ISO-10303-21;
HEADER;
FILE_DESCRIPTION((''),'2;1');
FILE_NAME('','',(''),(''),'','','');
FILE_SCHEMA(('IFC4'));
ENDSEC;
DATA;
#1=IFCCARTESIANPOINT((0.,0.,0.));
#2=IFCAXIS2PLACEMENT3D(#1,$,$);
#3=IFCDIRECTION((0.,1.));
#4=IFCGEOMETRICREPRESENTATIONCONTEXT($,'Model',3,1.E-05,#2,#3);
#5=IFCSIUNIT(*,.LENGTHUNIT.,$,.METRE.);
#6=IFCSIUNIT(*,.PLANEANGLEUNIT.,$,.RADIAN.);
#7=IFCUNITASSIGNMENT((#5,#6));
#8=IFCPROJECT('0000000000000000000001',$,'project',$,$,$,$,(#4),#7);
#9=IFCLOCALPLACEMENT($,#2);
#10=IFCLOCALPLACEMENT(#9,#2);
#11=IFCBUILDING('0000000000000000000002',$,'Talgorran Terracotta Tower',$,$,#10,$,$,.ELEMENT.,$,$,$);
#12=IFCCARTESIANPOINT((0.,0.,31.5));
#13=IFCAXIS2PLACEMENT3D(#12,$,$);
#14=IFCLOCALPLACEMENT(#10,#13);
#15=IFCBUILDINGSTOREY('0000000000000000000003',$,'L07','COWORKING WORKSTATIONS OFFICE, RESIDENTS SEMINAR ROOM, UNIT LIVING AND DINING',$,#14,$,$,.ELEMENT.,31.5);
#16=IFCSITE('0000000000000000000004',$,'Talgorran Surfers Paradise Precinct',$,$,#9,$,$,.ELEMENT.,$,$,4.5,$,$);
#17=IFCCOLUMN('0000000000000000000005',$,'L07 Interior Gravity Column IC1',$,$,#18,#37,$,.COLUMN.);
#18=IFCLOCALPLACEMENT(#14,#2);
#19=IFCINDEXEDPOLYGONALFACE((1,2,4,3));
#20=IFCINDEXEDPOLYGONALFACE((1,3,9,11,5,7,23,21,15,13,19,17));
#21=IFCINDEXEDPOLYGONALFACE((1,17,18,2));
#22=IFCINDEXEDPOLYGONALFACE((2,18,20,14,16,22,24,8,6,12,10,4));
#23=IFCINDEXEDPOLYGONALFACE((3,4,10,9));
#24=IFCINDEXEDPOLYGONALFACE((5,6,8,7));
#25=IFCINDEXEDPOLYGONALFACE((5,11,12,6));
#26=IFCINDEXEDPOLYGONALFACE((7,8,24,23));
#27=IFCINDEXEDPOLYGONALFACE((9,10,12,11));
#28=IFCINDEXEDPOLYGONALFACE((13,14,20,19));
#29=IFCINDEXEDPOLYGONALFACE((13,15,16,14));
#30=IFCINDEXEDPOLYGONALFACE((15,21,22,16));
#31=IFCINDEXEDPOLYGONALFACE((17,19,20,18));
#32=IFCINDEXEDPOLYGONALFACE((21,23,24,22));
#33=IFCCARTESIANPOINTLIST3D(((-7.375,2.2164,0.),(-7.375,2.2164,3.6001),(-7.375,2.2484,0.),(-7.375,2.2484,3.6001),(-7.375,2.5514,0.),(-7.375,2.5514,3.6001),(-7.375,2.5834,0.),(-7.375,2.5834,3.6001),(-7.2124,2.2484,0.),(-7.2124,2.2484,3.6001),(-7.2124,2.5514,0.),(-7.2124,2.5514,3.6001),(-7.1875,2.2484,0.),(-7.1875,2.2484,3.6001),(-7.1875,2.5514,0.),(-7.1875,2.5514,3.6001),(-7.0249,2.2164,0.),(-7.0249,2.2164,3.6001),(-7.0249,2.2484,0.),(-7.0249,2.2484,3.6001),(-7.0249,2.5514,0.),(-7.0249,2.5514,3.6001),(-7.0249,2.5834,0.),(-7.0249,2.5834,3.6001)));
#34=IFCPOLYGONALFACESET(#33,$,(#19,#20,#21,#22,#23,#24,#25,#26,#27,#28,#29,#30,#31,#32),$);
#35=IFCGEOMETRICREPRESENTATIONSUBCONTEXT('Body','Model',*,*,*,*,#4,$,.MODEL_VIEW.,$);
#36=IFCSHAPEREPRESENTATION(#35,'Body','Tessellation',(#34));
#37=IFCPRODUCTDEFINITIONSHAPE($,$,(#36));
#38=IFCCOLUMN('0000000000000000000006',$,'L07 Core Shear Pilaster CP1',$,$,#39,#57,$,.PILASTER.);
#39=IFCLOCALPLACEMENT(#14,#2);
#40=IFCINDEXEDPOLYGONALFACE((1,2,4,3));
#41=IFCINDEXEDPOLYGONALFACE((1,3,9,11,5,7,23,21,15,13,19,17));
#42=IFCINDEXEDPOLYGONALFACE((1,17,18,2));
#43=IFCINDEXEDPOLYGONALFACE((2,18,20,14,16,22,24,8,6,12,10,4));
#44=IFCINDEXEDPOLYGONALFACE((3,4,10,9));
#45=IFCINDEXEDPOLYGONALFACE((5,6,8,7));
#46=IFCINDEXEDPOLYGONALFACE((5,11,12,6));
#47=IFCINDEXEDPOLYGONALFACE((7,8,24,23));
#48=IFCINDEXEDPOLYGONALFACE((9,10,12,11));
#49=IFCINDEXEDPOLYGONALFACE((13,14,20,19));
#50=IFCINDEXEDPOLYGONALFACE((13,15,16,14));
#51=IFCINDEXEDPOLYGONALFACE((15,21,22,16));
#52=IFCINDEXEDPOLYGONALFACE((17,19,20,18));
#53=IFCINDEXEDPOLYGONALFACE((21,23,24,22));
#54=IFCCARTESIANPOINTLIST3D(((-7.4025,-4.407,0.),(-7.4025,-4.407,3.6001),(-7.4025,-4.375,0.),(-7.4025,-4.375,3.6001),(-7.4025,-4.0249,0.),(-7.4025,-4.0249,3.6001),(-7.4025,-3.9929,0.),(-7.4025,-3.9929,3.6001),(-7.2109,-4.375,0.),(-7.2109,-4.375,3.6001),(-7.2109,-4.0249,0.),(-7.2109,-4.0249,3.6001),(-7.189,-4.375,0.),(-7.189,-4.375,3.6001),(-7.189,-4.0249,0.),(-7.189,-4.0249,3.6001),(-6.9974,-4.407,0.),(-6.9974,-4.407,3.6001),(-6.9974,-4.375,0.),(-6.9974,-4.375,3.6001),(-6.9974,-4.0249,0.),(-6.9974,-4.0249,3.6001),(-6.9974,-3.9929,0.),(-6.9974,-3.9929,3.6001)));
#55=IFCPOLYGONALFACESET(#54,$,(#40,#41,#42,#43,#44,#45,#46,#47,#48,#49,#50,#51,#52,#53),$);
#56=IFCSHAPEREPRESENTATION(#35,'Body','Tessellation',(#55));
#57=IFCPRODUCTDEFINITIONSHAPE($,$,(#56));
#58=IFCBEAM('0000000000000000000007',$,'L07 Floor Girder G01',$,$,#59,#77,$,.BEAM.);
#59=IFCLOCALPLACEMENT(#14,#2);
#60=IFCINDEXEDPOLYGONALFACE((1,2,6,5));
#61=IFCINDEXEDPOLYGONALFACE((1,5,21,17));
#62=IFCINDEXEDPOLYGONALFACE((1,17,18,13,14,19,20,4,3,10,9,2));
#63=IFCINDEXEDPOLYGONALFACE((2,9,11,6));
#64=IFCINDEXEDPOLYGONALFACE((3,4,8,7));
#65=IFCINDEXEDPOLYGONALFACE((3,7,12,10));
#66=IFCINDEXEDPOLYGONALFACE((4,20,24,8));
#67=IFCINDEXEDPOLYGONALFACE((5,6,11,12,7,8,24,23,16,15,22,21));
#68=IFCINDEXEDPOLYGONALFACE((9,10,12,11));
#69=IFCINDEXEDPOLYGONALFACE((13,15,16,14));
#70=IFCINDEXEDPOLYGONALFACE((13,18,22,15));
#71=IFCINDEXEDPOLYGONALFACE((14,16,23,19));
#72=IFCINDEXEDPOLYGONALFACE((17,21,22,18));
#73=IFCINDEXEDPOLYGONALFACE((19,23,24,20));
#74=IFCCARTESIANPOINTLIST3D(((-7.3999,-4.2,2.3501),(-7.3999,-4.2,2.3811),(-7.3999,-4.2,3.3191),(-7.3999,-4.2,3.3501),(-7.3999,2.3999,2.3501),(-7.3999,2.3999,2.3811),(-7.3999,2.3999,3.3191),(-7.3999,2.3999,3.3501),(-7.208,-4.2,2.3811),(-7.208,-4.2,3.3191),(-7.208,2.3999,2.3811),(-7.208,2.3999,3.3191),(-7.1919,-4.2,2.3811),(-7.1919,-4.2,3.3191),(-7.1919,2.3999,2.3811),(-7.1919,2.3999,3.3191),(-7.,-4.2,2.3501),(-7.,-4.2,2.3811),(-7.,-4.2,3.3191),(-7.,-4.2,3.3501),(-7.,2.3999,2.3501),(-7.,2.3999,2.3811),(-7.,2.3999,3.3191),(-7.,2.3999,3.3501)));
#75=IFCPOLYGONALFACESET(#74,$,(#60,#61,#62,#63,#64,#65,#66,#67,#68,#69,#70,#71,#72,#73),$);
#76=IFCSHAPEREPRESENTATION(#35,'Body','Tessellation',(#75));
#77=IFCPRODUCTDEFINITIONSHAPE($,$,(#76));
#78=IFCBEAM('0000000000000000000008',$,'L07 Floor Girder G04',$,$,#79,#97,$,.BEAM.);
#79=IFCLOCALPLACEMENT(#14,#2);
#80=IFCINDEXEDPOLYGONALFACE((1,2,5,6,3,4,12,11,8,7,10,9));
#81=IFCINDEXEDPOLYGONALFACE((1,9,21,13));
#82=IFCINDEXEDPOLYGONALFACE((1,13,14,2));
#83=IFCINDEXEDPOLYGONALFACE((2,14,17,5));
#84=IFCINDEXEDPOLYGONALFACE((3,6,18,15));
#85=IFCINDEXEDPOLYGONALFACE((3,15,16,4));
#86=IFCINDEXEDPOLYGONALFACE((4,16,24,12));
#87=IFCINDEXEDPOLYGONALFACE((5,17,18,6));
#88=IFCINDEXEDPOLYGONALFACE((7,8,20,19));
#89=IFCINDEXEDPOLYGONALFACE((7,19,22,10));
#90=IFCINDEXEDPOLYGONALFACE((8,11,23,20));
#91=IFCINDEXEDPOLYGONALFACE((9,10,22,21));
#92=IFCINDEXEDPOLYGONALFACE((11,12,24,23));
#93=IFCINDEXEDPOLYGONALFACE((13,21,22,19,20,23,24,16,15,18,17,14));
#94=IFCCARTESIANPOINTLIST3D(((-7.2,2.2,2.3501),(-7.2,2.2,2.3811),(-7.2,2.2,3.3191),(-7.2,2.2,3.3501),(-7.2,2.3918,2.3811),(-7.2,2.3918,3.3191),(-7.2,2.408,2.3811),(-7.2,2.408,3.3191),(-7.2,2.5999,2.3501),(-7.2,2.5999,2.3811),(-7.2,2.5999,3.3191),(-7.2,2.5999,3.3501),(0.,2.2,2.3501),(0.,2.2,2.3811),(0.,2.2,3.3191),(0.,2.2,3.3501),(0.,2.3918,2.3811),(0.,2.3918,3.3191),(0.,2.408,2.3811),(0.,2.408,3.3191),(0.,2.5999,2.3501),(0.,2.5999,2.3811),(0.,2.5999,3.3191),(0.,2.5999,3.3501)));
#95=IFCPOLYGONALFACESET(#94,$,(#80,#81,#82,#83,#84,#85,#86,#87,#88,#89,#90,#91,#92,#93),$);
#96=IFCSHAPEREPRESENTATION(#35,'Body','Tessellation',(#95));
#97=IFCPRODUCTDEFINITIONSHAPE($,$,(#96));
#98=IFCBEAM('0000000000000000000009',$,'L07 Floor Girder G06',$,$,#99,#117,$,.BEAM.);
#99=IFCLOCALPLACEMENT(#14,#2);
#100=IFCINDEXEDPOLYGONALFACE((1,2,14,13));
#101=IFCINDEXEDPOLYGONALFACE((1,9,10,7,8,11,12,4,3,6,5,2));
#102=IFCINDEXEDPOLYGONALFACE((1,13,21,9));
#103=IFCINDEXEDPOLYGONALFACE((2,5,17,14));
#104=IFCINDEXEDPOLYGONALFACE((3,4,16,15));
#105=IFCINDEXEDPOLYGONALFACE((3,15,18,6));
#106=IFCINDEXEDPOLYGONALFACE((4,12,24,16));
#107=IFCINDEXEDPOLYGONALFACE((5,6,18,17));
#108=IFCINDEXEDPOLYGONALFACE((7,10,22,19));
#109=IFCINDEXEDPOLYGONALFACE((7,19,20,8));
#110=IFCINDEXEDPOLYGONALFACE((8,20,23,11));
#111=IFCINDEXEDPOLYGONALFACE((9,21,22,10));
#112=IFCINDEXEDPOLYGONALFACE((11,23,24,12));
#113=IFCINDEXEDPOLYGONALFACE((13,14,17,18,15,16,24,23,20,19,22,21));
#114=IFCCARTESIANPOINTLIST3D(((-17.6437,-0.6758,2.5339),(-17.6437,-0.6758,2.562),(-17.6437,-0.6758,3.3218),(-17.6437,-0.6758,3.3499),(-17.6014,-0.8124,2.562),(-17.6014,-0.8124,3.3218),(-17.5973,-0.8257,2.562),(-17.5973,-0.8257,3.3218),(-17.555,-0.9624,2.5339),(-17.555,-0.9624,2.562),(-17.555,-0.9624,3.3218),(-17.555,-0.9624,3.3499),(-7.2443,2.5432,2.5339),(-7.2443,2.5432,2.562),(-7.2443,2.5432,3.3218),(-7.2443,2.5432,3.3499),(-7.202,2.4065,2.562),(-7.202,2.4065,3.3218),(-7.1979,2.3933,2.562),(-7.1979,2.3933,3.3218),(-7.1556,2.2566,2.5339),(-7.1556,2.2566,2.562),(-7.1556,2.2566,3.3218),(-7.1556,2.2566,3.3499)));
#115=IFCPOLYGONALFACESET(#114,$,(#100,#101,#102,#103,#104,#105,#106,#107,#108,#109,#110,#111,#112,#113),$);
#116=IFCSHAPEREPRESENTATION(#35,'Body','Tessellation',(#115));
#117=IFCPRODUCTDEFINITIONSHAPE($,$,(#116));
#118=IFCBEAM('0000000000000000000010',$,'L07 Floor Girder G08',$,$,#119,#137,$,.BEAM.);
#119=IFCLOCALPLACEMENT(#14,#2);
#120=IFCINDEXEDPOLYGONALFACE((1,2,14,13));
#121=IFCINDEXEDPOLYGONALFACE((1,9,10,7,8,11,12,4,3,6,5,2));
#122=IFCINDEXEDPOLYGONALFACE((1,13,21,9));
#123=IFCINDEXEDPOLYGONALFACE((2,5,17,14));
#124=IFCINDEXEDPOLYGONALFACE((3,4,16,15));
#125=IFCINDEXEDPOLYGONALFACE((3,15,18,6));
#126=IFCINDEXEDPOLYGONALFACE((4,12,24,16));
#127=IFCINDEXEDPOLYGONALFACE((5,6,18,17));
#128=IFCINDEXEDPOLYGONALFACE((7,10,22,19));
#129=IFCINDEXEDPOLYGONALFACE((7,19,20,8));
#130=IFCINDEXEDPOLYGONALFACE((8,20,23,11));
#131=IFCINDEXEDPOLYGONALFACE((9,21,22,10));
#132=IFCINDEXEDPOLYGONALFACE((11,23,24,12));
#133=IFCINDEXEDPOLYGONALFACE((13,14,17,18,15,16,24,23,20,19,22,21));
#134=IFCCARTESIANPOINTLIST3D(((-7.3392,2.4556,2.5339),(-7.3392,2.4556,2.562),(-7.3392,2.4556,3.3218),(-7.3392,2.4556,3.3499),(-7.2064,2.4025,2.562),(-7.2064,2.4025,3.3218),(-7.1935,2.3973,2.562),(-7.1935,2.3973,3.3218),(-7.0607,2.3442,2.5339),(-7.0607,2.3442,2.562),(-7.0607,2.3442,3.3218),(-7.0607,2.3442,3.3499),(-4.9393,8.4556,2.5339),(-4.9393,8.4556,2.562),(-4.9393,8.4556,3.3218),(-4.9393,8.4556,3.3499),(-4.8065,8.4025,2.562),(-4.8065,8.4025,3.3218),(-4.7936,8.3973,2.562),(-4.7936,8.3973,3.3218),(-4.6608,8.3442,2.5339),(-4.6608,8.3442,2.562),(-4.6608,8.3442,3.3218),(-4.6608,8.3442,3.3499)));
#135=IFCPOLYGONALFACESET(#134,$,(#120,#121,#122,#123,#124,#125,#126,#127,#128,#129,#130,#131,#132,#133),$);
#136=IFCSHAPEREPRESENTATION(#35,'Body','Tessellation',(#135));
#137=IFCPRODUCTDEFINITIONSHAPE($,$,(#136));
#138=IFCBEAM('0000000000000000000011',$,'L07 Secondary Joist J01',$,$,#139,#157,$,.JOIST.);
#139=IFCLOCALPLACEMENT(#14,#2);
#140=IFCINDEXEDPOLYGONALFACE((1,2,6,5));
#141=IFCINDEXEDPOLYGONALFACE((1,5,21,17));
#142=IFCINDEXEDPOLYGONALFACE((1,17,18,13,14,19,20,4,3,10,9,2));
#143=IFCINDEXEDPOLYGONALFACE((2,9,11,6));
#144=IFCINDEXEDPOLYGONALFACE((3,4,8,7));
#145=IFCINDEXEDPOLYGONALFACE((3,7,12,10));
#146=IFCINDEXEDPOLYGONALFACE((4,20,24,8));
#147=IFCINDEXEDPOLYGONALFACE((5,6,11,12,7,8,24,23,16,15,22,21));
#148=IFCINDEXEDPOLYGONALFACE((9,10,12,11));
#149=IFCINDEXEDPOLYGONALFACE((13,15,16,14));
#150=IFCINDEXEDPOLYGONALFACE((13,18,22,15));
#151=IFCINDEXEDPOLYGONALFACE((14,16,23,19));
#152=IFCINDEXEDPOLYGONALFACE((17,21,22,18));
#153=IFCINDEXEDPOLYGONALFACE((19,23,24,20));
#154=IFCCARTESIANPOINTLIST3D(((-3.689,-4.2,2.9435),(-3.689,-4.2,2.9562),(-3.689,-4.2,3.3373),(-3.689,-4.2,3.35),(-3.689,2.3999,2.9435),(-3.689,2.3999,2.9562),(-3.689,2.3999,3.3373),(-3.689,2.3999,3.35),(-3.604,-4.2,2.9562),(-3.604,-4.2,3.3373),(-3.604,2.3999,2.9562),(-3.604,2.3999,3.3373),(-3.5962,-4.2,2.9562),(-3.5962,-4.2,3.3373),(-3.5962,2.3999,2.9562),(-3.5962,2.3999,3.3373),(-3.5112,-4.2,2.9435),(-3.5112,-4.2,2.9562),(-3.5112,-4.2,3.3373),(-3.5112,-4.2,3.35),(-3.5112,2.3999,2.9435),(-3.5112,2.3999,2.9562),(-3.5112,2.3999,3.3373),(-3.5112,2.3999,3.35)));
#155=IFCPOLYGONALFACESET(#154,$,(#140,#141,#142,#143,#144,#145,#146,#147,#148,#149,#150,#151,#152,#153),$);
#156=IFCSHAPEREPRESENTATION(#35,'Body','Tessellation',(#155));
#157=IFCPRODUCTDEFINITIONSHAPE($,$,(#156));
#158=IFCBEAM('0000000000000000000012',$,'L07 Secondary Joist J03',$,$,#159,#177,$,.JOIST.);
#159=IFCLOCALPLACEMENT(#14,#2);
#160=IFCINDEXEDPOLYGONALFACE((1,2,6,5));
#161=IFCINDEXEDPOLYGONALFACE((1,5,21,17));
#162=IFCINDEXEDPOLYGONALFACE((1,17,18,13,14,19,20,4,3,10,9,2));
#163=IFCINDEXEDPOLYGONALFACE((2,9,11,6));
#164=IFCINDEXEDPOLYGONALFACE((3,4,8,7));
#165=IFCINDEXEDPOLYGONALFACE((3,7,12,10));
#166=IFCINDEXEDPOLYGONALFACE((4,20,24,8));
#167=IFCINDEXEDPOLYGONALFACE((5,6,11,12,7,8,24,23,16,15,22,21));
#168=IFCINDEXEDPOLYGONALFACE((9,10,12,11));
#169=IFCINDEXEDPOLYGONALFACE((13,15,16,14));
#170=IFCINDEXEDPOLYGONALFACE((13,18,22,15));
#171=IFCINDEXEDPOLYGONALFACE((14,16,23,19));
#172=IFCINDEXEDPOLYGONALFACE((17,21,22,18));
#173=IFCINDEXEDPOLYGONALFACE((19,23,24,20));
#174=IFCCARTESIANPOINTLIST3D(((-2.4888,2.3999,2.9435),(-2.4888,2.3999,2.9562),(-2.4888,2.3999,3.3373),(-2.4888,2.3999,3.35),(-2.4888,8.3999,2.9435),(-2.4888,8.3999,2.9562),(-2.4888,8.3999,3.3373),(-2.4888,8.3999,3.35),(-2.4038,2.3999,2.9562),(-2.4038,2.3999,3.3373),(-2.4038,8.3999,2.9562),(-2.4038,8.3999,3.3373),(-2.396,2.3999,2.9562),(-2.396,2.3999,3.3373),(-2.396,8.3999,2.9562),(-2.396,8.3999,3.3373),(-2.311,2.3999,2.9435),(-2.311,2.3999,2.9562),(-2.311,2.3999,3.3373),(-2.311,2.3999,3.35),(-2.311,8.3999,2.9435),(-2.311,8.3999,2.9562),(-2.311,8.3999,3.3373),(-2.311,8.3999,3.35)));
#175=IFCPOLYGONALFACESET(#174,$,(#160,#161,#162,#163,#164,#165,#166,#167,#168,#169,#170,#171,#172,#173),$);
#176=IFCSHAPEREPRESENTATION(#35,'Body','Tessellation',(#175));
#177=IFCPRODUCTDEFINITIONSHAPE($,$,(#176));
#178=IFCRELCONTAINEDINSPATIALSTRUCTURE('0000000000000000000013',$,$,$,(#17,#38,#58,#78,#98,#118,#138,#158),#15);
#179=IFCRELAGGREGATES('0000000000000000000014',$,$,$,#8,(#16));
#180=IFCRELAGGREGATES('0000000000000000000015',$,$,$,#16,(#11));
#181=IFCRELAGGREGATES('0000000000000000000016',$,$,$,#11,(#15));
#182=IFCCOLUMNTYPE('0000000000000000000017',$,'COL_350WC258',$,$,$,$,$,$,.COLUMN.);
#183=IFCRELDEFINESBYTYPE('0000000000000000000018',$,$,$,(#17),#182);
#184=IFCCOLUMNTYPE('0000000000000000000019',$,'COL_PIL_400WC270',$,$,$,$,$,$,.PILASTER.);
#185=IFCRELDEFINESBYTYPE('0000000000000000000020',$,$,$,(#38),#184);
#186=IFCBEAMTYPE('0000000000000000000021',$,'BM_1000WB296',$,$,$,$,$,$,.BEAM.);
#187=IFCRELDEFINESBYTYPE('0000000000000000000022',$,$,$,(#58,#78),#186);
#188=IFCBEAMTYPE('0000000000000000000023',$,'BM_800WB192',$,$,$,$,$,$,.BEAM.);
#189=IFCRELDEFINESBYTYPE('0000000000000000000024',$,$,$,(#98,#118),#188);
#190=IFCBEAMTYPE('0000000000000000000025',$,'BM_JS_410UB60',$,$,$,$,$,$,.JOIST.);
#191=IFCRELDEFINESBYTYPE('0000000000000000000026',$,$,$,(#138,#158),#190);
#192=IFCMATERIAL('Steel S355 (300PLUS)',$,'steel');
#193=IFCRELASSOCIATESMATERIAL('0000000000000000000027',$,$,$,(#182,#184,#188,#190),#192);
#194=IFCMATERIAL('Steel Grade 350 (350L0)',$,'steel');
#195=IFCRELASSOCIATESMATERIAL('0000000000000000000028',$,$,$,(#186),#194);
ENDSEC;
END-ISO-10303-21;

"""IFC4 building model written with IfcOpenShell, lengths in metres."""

from ifc_helpers import new_model, si_unit, direction, frame, origin, origin_2d, place, context, subcontext, project, spatial, i_section, extrude, material, material_profile, profile_set, type_object, element, save


model = new_model("IFC4")

# Units and contexts
model_context = context("Model", 3, precision=1e-05, world=origin(), true_north=direction((0.0, 1.0)))
body_context = subcontext(model_context, "Body", "Model", "MODEL_VIEW")
ifc_project = project(units=[si_unit("LENGTHUNIT", "METRE"), si_unit("PLANEANGLEUNIT", "RADIAN")], contexts=[model_context])

# Site, building, storey
site_placement = place(None, origin())
site = spatial("IfcSite", under=ifc_project, at=site_placement, Name="Talgorran Surfers Paradise Precinct", CompositionType="ELEMENT", RefElevation=4.5)
building_placement = place(site_placement, origin())
building = spatial("IfcBuilding", under=site, at=building_placement, Name="Talgorran Terracotta Tower", CompositionType="ELEMENT")
storey_placement = place(building_placement, frame((0.0, 0.0, 31.5)))
storey = spatial("IfcBuildingStorey", under=building, at=storey_placement, Name="L07", Description="COWORKING WORKSTATIONS OFFICE, RESIDENTS SEMINAR ROOM, UNIT LIVING AND DINING", CompositionType="ELEMENT", Elevation=31.5)

# Columns
ifc_material_1 = material(Name="Steel S355 (300PLUS)", Category="steel")
ifc_material_profile_1 = material_profile(ifc_material_1, i_section(OverallWidth=0.3501, OverallDepth=0.3669, WebThickness=0.0249, FlangeThickness=0.032, at=origin_2d()), Name="350WC258")
ifc_profile_set_1 = profile_set([ifc_material_profile_1], Name="Steel S355 (300PLUS)")
column_type_1 = type_object("IfcColumnType", Name="COL_350WC258", PredefinedType="COLUMN", material=ifc_profile_set_1)
column_1_placement = place(storey_placement, frame((-7.2, 2.3999, 0.0), z_axis=(0.0, 0.0, 1.0), x_axis=(1.0, 0.0, 0.0)))
element("IfcColumn", 1, at=column_1_placement, inside=storey, type_object=column_type_1, Name="L07 Interior Gravity Column IC1", PredefinedType="COLUMN", context=body_context, shape_type="SweptSolid", body=[
    extrude(i_section(OverallWidth=0.3501, OverallDepth=0.3669, WebThickness=0.0249, FlangeThickness=0.032, at=origin_2d()), origin(), (0.0, 0.0, 1.0), 3.6001),
])
ifc_material_profile_2 = material_profile(ifc_material_1, i_section(OverallWidth=0.405, OverallDepth=0.4141, WebThickness=0.022, FlangeThickness=0.032, at=origin_2d()), Name="400WC270")
ifc_profile_set_2 = profile_set([ifc_material_profile_2], Name="Steel S355 (300PLUS)")
column_type_2 = type_object("IfcColumnType", Name="COL_PIL_400WC270", PredefinedType="PILASTER", material=ifc_profile_set_2)
column_2_placement = place(storey_placement, frame((-7.2, -4.2, 0.0), z_axis=(0.0, 0.0, 1.0), x_axis=(1.0, 0.0, 0.0)))
element("IfcColumn", 2, at=column_2_placement, inside=storey, type_object=column_type_2, Name="L07 Core Shear Pilaster CP1", PredefinedType="PILASTER", context=body_context, shape_type="SweptSolid", body=[
    extrude(i_section(OverallWidth=0.405, OverallDepth=0.4141, WebThickness=0.022, FlangeThickness=0.032, at=origin_2d()), origin(), (0.0, 0.0, 1.0), 3.6001),
])

# Beams
ifc_material_2 = material(Name="Steel Grade 350 (350L0)", Category="steel")
ifc_material_profile_3 = material_profile(ifc_material_2, i_section(OverallWidth=0.3999, OverallDepth=1.0, WebThickness=0.0161, FlangeThickness=0.031, at=origin_2d()), Name="1000WB296")
ifc_profile_set_3 = profile_set([ifc_material_profile_3], Name="Steel Grade 350 (350L0)")
beam_type_1 = type_object("IfcBeamType", Name="BM_1000WB296", PredefinedType="BEAM", material=ifc_profile_set_3)
beam_1_placement = place(storey_placement, frame((-7.2, -4.2, 2.8501), z_axis=(0.0, 1.0, 0.0), x_axis=(-1.0, 0.0, 0.0)))
element("IfcBeam", 3, at=beam_1_placement, inside=storey, type_object=beam_type_1, Name="L07 Floor Girder G01", PredefinedType="BEAM", context=body_context, shape_type="SweptSolid", body=[
    extrude(i_section(OverallWidth=0.3999, OverallDepth=1.0, WebThickness=0.0161, FlangeThickness=0.031, at=origin_2d()), origin(), (0.0, 0.0, 1.0), 6.5999),
])
beam_2_placement = place(storey_placement, frame((-7.2, 2.3999, 2.8501), z_axis=(1.0, 0.0, 0.0), x_axis=(0.0, 1.0, 0.0)))
element("IfcBeam", 4, at=beam_2_placement, inside=storey, type_object=beam_type_1, Name="L07 Floor Girder G04", PredefinedType="BEAM", context=body_context, shape_type="SweptSolid", body=[
    extrude(i_section(OverallWidth=0.3999, OverallDepth=1.0, WebThickness=0.0161, FlangeThickness=0.031, at=origin_2d()), origin(), (0.0, 0.0, 1.0), 7.2),
])
ifc_material_profile_4 = material_profile(ifc_material_1, i_section(OverallWidth=0.3, OverallDepth=0.8159, WebThickness=0.0139, FlangeThickness=0.0281, at=origin_2d()), Name="800WB192")
ifc_profile_set_4 = profile_set([ifc_material_profile_4], Name="Steel S355 (300PLUS)")
beam_type_2 = type_object("IfcBeamType", Name="BM_800WB192", PredefinedType="BEAM", material=ifc_profile_set_4)
beam_3_placement = place(storey_placement, frame((-7.2, 2.3999, 2.9419), z_axis=(-0.955283, -0.295694, 0.0), x_axis=(0.295694, -0.955283, 0.0)))
element("IfcBeam", 5, at=beam_3_placement, inside=storey, type_object=beam_type_2, Name="L07 Floor Girder G06", PredefinedType="BEAM", context=body_context, shape_type="SweptSolid", body=[
    extrude(i_section(OverallWidth=0.3, OverallDepth=0.8159, WebThickness=0.0139, FlangeThickness=0.0281, at=origin_2d()), origin(), (0.0, 0.0, 1.0), 10.8862),
])
beam_4_placement = place(storey_placement, frame((-7.2, 2.3999, 2.9419), z_axis=(0.371378, 0.928482, 0.0), x_axis=(-0.928482, 0.371378, 0.0)))
element("IfcBeam", 6, at=beam_4_placement, inside=storey, type_object=beam_type_2, Name="L07 Floor Girder G08", PredefinedType="BEAM", context=body_context, shape_type="SweptSolid", body=[
    extrude(i_section(OverallWidth=0.3, OverallDepth=0.8159, WebThickness=0.0139, FlangeThickness=0.0281, at=origin_2d()), origin(), (0.0, 0.0, 1.0), 6.4622),
])
ifc_material_profile_5 = material_profile(ifc_material_1, i_section(OverallWidth=0.1777, OverallDepth=0.4065, WebThickness=0.0078, FlangeThickness=0.0127, at=origin_2d()), Name="410UB59.7")
ifc_profile_set_5 = profile_set([ifc_material_profile_5], Name="Steel S355 (300PLUS)")
beam_type_3 = type_object("IfcBeamType", Name="BM_JS_410UB60", PredefinedType="JOIST", material=ifc_profile_set_5)
beam_5_placement = place(storey_placement, frame((-3.6001, -4.2, 3.1467), z_axis=(0.0, 1.0, 0.0), x_axis=(-1.0, 0.0, 0.0)))
element("IfcBeam", 7, at=beam_5_placement, inside=storey, type_object=beam_type_3, Name="L07 Secondary Joist J01", PredefinedType="JOIST", context=body_context, shape_type="SweptSolid", body=[
    extrude(i_section(OverallWidth=0.1777, OverallDepth=0.4065, WebThickness=0.0078, FlangeThickness=0.0127, at=origin_2d()), origin(), (0.0, 0.0, 1.0), 6.5999),
])
beam_6_placement = place(storey_placement, frame((-2.3999, 2.3999, 3.1467), z_axis=(0.0, 1.0, 0.0), x_axis=(-1.0, 0.0, 0.0)))
element("IfcBeam", 8, at=beam_6_placement, inside=storey, type_object=beam_type_3, Name="L07 Secondary Joist J03", PredefinedType="JOIST", context=body_context, shape_type="SweptSolid", body=[
    extrude(i_section(OverallWidth=0.1777, OverallDepth=0.4065, WebThickness=0.0078, FlangeThickness=0.0127, at=origin_2d()), origin(), (0.0, 0.0, 1.0), 6.0),
])

save(model, "model.ifc")
